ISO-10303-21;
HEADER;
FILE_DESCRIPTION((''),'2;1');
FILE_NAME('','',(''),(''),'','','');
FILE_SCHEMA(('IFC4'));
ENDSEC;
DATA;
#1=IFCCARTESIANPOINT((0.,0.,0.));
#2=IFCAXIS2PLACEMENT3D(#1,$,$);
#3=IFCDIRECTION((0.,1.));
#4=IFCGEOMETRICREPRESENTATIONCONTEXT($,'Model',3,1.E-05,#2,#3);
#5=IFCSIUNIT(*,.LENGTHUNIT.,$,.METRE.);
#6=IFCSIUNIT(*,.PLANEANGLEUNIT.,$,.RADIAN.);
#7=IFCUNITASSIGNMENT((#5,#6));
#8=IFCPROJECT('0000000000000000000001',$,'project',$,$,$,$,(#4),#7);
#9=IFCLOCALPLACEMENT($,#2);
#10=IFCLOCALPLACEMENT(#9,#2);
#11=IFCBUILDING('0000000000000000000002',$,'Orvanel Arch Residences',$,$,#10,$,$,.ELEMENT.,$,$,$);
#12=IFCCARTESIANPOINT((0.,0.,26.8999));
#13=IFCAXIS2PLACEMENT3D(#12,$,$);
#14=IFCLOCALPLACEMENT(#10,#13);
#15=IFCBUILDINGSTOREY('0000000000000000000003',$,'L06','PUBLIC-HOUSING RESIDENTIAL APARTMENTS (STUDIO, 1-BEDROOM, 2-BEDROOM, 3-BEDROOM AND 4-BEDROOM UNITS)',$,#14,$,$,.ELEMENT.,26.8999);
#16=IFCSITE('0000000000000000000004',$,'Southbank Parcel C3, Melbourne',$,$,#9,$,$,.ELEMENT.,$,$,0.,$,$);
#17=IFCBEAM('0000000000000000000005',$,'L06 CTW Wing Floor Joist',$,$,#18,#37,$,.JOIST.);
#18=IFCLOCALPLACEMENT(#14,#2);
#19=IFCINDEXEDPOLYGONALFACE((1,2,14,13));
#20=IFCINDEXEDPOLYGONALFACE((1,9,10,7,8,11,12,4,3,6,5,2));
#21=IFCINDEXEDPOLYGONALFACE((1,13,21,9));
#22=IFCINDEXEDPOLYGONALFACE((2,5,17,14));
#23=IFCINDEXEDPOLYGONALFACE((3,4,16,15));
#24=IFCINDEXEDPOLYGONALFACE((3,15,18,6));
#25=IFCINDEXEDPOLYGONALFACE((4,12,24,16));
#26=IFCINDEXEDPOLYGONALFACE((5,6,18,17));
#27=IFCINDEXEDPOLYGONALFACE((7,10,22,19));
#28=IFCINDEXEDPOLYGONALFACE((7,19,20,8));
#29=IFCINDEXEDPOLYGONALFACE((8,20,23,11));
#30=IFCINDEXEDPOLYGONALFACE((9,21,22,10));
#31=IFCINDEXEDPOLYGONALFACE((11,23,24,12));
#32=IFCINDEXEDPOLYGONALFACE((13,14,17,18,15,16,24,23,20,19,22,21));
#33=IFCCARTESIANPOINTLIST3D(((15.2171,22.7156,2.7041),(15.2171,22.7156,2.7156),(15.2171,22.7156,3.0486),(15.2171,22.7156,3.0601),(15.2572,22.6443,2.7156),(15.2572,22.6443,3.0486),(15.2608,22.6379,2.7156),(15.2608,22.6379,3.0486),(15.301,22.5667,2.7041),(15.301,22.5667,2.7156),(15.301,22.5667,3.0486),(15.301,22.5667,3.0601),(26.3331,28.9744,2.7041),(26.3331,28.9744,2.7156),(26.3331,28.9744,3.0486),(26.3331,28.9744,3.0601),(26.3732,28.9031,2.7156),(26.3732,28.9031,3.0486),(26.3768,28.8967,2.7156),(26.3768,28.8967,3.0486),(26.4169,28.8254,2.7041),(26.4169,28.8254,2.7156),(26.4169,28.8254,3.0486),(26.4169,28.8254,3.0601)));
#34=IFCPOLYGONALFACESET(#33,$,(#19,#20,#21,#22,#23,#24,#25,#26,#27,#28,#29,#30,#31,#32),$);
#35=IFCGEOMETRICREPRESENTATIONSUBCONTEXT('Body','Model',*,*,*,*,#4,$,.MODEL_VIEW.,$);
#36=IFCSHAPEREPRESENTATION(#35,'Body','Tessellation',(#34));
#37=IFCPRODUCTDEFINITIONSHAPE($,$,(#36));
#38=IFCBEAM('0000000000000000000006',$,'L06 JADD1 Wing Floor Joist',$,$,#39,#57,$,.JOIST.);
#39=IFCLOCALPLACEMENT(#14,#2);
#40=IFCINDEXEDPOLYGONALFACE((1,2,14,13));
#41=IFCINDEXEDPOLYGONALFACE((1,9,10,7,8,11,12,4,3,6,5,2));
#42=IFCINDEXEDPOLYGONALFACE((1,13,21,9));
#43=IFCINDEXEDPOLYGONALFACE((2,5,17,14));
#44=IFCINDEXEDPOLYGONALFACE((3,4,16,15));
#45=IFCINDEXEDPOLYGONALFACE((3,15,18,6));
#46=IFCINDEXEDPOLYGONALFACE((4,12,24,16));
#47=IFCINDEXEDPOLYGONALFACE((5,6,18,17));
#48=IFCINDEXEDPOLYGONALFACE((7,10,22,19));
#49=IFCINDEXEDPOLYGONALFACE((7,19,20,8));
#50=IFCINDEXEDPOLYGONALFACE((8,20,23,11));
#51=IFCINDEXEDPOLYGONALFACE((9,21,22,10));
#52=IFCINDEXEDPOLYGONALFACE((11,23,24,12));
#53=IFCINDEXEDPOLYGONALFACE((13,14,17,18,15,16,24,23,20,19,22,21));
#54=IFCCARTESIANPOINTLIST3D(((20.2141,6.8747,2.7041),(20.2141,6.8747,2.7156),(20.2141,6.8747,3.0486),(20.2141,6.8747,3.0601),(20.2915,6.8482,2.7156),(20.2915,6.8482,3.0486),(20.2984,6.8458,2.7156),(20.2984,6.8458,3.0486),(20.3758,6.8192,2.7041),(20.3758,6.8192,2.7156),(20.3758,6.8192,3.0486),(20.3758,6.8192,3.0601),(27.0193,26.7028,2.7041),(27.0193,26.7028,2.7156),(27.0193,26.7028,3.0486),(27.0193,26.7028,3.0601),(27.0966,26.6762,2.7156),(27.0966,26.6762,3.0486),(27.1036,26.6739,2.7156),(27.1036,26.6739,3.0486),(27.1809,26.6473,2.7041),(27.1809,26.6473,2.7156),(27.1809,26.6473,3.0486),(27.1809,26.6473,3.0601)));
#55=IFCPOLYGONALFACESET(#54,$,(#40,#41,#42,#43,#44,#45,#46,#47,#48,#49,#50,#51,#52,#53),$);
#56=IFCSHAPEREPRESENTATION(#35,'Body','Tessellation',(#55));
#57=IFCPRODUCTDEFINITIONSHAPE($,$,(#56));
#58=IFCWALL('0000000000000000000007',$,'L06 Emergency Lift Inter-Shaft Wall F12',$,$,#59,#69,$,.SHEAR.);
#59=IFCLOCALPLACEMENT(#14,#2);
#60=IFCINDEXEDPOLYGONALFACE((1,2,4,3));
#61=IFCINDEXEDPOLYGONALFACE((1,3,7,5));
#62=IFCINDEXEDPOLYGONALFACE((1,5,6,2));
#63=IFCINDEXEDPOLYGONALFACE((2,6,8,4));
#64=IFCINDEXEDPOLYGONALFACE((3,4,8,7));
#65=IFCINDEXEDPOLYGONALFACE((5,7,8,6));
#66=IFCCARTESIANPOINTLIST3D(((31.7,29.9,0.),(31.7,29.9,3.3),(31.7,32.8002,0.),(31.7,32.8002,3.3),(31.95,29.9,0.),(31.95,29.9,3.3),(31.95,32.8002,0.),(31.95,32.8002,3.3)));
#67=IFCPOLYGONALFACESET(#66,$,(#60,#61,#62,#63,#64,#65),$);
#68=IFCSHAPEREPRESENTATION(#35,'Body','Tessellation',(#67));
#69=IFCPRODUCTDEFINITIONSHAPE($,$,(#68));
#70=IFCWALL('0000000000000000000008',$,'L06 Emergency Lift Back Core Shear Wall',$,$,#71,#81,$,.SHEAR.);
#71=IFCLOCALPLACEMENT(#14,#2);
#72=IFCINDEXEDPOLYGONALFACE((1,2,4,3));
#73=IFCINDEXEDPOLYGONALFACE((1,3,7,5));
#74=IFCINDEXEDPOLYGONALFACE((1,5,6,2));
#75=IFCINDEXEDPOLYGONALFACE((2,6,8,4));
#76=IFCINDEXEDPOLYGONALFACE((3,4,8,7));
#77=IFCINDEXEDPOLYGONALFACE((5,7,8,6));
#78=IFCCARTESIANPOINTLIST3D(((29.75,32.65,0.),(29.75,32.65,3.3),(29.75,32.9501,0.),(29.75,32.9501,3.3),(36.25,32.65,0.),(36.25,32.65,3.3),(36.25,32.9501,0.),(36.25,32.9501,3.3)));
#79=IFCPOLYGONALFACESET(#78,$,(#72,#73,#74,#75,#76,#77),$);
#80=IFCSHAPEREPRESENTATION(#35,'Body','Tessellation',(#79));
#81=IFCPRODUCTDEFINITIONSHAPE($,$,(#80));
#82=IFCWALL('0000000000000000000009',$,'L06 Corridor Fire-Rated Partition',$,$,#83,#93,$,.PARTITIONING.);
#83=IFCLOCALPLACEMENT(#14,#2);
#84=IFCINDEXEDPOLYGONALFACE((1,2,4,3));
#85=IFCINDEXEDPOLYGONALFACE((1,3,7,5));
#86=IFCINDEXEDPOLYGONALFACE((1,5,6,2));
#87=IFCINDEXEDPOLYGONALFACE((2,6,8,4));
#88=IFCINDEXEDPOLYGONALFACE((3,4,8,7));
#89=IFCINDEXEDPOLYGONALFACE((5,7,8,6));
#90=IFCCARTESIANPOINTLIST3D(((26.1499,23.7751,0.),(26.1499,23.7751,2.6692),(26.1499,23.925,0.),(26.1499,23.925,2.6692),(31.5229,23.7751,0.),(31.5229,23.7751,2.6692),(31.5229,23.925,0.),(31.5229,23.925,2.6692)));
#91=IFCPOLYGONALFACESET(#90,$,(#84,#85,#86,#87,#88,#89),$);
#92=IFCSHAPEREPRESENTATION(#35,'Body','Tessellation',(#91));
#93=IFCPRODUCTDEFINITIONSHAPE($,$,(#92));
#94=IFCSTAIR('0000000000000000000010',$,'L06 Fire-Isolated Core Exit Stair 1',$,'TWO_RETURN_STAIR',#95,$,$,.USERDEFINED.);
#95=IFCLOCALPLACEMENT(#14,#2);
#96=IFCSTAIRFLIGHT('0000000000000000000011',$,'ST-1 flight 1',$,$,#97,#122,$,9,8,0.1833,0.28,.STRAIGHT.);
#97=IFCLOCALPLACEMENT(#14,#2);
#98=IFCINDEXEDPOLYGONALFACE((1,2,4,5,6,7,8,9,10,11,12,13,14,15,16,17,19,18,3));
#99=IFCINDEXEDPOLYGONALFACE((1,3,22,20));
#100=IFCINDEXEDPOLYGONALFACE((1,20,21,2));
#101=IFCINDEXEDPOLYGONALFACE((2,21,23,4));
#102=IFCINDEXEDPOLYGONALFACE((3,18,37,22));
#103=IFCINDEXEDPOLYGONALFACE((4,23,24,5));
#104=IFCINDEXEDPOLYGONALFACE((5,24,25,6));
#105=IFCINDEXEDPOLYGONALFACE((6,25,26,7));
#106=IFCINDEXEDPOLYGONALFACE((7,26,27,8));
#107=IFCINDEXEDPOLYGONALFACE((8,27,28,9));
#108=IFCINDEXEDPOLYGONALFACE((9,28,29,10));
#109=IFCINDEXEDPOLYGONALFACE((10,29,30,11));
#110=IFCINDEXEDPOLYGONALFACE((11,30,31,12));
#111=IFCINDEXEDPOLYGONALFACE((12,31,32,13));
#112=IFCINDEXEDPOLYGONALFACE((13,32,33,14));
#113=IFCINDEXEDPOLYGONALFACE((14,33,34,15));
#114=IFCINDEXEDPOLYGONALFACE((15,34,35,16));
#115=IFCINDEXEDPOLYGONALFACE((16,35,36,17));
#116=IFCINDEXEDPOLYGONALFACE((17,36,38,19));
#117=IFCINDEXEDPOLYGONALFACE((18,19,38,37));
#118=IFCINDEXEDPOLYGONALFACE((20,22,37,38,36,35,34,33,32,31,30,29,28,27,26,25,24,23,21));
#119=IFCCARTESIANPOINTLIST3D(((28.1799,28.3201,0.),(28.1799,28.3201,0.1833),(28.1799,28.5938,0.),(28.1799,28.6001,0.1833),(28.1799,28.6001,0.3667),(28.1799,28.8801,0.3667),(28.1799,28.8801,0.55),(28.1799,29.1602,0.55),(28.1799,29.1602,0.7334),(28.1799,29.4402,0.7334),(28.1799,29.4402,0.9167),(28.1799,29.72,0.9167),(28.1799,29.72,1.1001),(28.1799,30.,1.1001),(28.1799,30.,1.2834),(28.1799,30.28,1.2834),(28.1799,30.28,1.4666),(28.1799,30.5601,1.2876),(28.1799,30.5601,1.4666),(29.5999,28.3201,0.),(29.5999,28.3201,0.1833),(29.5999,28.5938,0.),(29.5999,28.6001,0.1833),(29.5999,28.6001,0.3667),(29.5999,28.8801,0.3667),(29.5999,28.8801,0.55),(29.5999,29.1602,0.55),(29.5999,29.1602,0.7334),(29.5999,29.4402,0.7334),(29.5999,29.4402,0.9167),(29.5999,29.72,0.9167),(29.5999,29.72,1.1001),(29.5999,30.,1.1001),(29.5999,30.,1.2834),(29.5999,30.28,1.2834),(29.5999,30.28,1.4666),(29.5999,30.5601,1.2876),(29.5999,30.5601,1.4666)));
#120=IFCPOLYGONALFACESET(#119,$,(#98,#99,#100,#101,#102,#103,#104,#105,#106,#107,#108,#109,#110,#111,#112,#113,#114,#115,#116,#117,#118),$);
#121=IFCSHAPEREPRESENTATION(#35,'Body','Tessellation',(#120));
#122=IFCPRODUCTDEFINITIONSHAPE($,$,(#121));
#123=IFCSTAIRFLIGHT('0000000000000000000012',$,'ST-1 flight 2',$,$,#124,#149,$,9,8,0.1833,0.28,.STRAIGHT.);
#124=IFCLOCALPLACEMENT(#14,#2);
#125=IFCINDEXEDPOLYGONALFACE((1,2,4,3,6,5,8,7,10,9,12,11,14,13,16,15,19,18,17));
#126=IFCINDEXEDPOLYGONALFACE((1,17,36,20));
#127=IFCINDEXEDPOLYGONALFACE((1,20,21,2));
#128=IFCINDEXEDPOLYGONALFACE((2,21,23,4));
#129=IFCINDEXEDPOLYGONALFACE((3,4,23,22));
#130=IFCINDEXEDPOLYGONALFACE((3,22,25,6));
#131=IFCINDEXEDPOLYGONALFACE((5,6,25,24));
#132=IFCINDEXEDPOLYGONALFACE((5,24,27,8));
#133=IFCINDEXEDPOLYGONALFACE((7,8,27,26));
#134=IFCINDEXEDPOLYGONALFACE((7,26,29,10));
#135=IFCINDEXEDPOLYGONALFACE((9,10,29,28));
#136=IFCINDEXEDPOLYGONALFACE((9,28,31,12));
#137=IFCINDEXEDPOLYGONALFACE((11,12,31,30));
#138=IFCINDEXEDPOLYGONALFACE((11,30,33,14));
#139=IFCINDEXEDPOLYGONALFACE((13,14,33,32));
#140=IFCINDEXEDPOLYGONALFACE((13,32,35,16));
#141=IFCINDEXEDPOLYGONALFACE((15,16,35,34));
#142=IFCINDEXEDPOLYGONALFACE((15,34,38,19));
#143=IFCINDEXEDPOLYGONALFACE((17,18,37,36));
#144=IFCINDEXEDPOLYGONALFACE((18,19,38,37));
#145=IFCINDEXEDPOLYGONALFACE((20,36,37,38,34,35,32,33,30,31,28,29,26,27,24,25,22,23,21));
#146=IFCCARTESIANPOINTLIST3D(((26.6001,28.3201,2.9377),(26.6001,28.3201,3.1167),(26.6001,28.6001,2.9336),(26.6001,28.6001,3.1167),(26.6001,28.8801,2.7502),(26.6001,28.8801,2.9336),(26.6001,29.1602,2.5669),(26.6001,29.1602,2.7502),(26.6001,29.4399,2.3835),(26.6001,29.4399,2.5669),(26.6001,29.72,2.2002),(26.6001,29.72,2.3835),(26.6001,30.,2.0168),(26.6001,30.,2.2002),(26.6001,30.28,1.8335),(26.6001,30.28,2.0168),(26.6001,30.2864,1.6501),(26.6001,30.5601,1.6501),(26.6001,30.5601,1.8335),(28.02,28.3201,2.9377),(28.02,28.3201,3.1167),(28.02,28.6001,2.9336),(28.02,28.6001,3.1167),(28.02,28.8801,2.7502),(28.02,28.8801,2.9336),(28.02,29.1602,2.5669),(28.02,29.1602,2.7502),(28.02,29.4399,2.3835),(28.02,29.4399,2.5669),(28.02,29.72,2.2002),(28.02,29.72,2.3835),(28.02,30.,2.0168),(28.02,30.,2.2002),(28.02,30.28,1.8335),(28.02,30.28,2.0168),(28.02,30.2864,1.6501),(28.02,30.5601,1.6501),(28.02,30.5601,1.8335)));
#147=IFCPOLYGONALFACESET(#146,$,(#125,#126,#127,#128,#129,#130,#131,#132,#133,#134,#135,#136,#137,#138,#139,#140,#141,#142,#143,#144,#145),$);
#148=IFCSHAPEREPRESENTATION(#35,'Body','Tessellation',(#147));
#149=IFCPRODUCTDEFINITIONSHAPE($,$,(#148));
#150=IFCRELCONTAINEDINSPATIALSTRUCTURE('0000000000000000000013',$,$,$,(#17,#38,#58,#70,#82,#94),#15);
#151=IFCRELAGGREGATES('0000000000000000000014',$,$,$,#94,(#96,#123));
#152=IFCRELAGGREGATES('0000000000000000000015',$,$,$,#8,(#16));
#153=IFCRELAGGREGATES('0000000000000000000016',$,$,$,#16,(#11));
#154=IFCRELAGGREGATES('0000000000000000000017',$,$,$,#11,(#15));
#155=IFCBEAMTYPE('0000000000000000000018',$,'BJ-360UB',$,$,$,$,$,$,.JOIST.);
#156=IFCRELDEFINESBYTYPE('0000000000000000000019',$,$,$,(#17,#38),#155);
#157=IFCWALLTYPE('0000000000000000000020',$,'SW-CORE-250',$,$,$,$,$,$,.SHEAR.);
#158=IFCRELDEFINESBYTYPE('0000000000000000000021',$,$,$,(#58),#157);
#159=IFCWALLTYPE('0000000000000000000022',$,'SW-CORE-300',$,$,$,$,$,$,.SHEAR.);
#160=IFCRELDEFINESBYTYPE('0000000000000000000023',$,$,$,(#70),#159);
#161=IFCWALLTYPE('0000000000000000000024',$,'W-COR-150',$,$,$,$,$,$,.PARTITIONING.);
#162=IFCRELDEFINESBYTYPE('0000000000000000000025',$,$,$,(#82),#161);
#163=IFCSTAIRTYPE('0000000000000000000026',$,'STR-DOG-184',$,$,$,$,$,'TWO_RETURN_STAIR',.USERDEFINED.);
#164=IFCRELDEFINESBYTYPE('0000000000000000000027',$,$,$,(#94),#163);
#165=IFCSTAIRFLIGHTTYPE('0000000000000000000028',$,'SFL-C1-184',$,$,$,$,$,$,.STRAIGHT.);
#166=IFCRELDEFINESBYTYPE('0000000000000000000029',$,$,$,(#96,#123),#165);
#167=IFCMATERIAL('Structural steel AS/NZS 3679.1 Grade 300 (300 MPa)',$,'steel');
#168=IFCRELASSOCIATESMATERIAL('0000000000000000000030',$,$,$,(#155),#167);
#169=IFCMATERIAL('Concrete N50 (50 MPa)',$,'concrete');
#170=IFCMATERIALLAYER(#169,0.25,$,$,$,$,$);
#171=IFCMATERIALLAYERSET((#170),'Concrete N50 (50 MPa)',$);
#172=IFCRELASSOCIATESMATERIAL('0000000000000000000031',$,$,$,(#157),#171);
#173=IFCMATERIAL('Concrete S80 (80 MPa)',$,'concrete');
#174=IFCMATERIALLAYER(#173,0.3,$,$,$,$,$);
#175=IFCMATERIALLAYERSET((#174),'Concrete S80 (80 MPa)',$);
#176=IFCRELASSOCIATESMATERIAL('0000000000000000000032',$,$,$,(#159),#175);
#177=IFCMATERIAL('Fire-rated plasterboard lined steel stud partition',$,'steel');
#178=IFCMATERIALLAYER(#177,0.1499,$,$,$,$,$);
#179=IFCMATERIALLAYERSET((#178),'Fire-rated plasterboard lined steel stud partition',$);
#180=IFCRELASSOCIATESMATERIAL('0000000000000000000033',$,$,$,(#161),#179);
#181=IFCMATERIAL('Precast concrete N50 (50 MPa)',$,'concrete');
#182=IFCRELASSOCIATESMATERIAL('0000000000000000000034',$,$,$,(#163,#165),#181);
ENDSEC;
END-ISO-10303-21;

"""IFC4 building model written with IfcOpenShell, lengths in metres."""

from ifc_helpers import new_model, si_unit, direction, frame, frame_2d, origin, origin_2d, place, context, subcontext, project, spatial, polyline, rectangle, i_section, outline, extrude, material, layer, layer_set, material_profile, profile_set, type_object, element, aggregate, save


model = new_model("IFC4")

# Units and contexts
model_context = context("Model", 3, precision=1e-05, world=origin(), true_north=direction((0.0, 1.0)))
body_context = subcontext(model_context, "Body", "Model", "MODEL_VIEW")
ifc_project = project(units=[si_unit("LENGTHUNIT", "METRE"), si_unit("PLANEANGLEUNIT", "RADIAN")], contexts=[model_context])

# Site, building, storey
site_placement = place(None, origin())
site = spatial("IfcSite", under=ifc_project, at=site_placement, Name="Southbank Parcel C3, Melbourne", CompositionType="ELEMENT", RefElevation=0.0)
building_placement = place(site_placement, origin())
building = spatial("IfcBuilding", under=site, at=building_placement, Name="Orvanel Arch Residences", CompositionType="ELEMENT")
storey_placement = place(building_placement, frame((0.0, 0.0, 26.8999)))
storey = spatial("IfcBuildingStorey", under=building, at=storey_placement, Name="L06", Description="PUBLIC-HOUSING RESIDENTIAL APARTMENTS (STUDIO, 1-BEDROOM, 2-BEDROOM, 3-BEDROOM AND 4-BEDROOM UNITS)", CompositionType="ELEMENT", Elevation=26.8999)

# Beams
ifc_material_1 = material(Name="Structural steel AS/NZS 3679.1 Grade 300 (300 MPa)", Category="steel")
ifc_material_profile_1 = material_profile(ifc_material_1, i_section(OverallWidth=0.1709, OverallDepth=0.356, WebThickness=0.0073, FlangeThickness=0.0115, at=origin_2d()), Name="360UB50.7")
ifc_profile_set_1 = profile_set([ifc_material_profile_1], Name="Structural steel AS/NZS 3679.1 Grade 300 (300 MPa)")
beam_type_1 = type_object("IfcBeamType", Name="BJ-360UB", PredefinedType="JOIST", material=ifc_profile_set_1)
beam_1_placement = place(storey_placement, frame((26.375, 28.8999, 2.8821), z_axis=(-0.871373, -0.490622, 0.0), x_axis=(0.490622, -0.871373, 0.0)))
element("IfcBeam", 1, at=beam_1_placement, inside=storey, type_object=beam_type_1, Name="L06 CTW Wing Floor Joist", PredefinedType="JOIST", context=body_context, shape_type="SweptSolid", body=[
    extrude(i_section(OverallWidth=0.1709, OverallDepth=0.356, WebThickness=0.0073, FlangeThickness=0.0115, at=origin_2d()), origin(), (0.0, 0.0, 1.0), 12.7568),
])
beam_2_placement = place(storey_placement, frame((27.1001, 26.675, 2.8821), z_axis=(-0.324621, -0.945844, 0.0), x_axis=(0.945844, -0.324621, 0.0)))
element("IfcBeam", 2, at=beam_2_placement, inside=storey, type_object=beam_type_1, Name="L06 JADD1 Wing Floor Joist", PredefinedType="JOIST", context=body_context, shape_type="SweptSolid", body=[
    extrude(i_section(OverallWidth=0.1709, OverallDepth=0.356, WebThickness=0.0073, FlangeThickness=0.0115, at=origin_2d()), origin(), (0.0, 0.0, 1.0), 20.9634),
])

# Wall
ifc_material_2 = material(Name="Concrete N50 (50 MPa)", Category="concrete")
ifc_layer_1 = layer(ifc_material_2, 0.25)
ifc_layer_set_1 = layer_set([ifc_layer_1], Name="Concrete N50 (50 MPa)")
wall_type_1 = type_object("IfcWallType", Name="SW-CORE-250", PredefinedType="SHEAR", material=ifc_layer_set_1)
wall_1_placement = place(storey_placement, frame((31.825, 29.8999, 0.0), z_axis=(0.0, 0.0, 1.0), x_axis=(0.0, 1.0, 0.0)))
element("IfcWall", 3, at=wall_1_placement, inside=storey, type_object=wall_type_1, Name="L06 Emergency Lift Inter-Shaft Wall F12", PredefinedType="SHEAR", context=body_context, shape_type="SweptSolid", body=[
    extrude(rectangle(XDim=2.9001, YDim=0.25, at=frame_2d((1.4502, 0.0))), origin(), (0.0, 0.0, 1.0), 3.3),
])

# Shared definitions
ifc_material_3 = material(Name="Concrete S80 (80 MPa)", Category="concrete")
ifc_layer_2 = layer(ifc_material_3, 0.3)
ifc_layer_set_2 = layer_set([ifc_layer_2], Name="Concrete S80 (80 MPa)")
wall_type_2 = type_object("IfcWallType", Name="SW-CORE-300", PredefinedType="SHEAR", material=ifc_layer_set_2)

# Walls
wall_2_placement = place(storey_placement, frame((29.75, 32.8, 0.0), z_axis=(0.0, 0.0, 1.0), x_axis=(1.0, 0.0, 0.0)))
element("IfcWall", 4, at=wall_2_placement, inside=storey, type_object=wall_type_2, Name="L06 Emergency Lift Back Core Shear Wall", PredefinedType="SHEAR", context=body_context, shape_type="SweptSolid", body=[
    extrude(rectangle(XDim=6.5, YDim=0.3, at=frame_2d((3.25, 0.0))), origin(), (0.0, 0.0, 1.0), 3.3),
])
ifc_material_4 = material(Name="Fire-rated plasterboard lined steel stud partition", Category="steel")
ifc_layer_3 = layer(ifc_material_4, 0.1499)
ifc_layer_set_3 = layer_set([ifc_layer_3], Name="Fire-rated plasterboard lined steel stud partition")
wall_type_3 = type_object("IfcWallType", Name="W-COR-150", PredefinedType="PARTITIONING", material=ifc_layer_set_3)
wall_3_placement = place(storey_placement, frame((31.5229, 23.8501, 0.0), z_axis=(0.0, 0.0, 1.0), x_axis=(-1.0, 0.0, 0.0)))
element("IfcWall", 5, at=wall_3_placement, inside=storey, type_object=wall_type_3, Name="L06 Corridor Fire-Rated Partition", PredefinedType="PARTITIONING", context=body_context, shape_type="SweptSolid", body=[
    extrude(rectangle(XDim=5.373, YDim=0.1499, at=frame_2d((2.6865, 0.0))), origin(), (0.0, 0.0, 1.0), 2.6692),
])

# Stair, stair flights
ifc_material_5 = material(Name="Precast concrete N50 (50 MPa)", Category="concrete")
stair_type = type_object("IfcStairType", Name="STR-DOG-184", ElementType="TWO_RETURN_STAIR", PredefinedType="USERDEFINED", material=ifc_material_5)
stair_placement = place(storey_placement, origin())
stair = element("IfcStair", 6, at=stair_placement, inside=storey, type_object=stair_type, Name="L06 Fire-Isolated Core Exit Stair 1", ObjectType="TWO_RETURN_STAIR", PredefinedType="USERDEFINED")
stair_flight_type = type_object("IfcStairFlightType", Name="SFL-C1-184", PredefinedType="STRAIGHT", material=ifc_material_5)
stair_flight_1_placement = place(storey_placement, frame((28.8899, 28.3201, 0.0), z_axis=(0.0, 0.0, 1.0), x_axis=(0.0, 1.0, 0.0)))
stair_flight_1 = element("IfcStairFlight", 7, at=stair_flight_1_placement, type_object=stair_flight_type, Name="ST-1 flight 1", NumberOfRisers=9, NumberOfTreads=8, PredefinedType="STRAIGHT", RiserHeight=0.1833, TreadLength=0.28, context=body_context, shape_type="SweptSolid", body=[
    extrude(outline(polyline([(0.0, 0.0), (0.0, 0.1833), (0.28, 0.1833), (0.28, 0.3667), (0.5601, 0.3667), (0.5601, 0.55), (0.8401, 0.55), (0.8401, 0.7334), (1.1201, 0.7334), (1.1201, 0.9167), (1.3999, 0.9167), (1.3999, 1.1001), (1.6799, 1.1001), (1.6799, 1.2834), (1.96, 1.2834), (1.96, 1.4666), (2.24, 1.4666), (2.24, 1.6499), (2.24, 1.2876), (0.2737, 0.0), (0.0, 0.0)])), frame((0.0, 0.71, 0.0), z_axis=(0.0, -1.0, 0.0), x_axis=(1.0, 0.0, 0.0)), (0.0, 0.0, 1.0), 1.4199),
])
stair_flight_2_placement = place(storey_placement, frame((27.3101, 30.5601, 1.6501), z_axis=(0.0, 0.0, 1.0), x_axis=(0.0, -1.0, 0.0)))
stair_flight_2 = element("IfcStairFlight", 8, at=stair_flight_2_placement, type_object=stair_flight_type, Name="ST-1 flight 2", NumberOfRisers=9, NumberOfTreads=8, PredefinedType="STRAIGHT", RiserHeight=0.1833, TreadLength=0.28, context=body_context, shape_type="SweptSolid", body=[
    extrude(outline(polyline([(0.0, 0.0), (0.0, 0.1833), (0.28, 0.1833), (0.28, 0.3667), (0.5601, 0.3667), (0.5601, 0.55), (0.8401, 0.55), (0.8401, 0.7334), (1.1201, 0.7334), (1.1201, 0.9167), (1.3999, 0.9167), (1.3999, 1.1001), (1.6799, 1.1001), (1.6799, 1.2834), (1.96, 1.2834), (1.96, 1.4666), (2.24, 1.4666), (2.24, 1.6499), (2.24, 1.2876), (0.2737, 0.0), (0.0, 0.0)])), frame((0.0, 0.71, 0.0), z_axis=(0.0, -1.0, 0.0), x_axis=(1.0, 0.0, 0.0)), (0.0, 0.0, 1.0), 1.4199),
])
aggregate(stair, [stair_flight_1, stair_flight_2])

save(model, "model.ifc")
